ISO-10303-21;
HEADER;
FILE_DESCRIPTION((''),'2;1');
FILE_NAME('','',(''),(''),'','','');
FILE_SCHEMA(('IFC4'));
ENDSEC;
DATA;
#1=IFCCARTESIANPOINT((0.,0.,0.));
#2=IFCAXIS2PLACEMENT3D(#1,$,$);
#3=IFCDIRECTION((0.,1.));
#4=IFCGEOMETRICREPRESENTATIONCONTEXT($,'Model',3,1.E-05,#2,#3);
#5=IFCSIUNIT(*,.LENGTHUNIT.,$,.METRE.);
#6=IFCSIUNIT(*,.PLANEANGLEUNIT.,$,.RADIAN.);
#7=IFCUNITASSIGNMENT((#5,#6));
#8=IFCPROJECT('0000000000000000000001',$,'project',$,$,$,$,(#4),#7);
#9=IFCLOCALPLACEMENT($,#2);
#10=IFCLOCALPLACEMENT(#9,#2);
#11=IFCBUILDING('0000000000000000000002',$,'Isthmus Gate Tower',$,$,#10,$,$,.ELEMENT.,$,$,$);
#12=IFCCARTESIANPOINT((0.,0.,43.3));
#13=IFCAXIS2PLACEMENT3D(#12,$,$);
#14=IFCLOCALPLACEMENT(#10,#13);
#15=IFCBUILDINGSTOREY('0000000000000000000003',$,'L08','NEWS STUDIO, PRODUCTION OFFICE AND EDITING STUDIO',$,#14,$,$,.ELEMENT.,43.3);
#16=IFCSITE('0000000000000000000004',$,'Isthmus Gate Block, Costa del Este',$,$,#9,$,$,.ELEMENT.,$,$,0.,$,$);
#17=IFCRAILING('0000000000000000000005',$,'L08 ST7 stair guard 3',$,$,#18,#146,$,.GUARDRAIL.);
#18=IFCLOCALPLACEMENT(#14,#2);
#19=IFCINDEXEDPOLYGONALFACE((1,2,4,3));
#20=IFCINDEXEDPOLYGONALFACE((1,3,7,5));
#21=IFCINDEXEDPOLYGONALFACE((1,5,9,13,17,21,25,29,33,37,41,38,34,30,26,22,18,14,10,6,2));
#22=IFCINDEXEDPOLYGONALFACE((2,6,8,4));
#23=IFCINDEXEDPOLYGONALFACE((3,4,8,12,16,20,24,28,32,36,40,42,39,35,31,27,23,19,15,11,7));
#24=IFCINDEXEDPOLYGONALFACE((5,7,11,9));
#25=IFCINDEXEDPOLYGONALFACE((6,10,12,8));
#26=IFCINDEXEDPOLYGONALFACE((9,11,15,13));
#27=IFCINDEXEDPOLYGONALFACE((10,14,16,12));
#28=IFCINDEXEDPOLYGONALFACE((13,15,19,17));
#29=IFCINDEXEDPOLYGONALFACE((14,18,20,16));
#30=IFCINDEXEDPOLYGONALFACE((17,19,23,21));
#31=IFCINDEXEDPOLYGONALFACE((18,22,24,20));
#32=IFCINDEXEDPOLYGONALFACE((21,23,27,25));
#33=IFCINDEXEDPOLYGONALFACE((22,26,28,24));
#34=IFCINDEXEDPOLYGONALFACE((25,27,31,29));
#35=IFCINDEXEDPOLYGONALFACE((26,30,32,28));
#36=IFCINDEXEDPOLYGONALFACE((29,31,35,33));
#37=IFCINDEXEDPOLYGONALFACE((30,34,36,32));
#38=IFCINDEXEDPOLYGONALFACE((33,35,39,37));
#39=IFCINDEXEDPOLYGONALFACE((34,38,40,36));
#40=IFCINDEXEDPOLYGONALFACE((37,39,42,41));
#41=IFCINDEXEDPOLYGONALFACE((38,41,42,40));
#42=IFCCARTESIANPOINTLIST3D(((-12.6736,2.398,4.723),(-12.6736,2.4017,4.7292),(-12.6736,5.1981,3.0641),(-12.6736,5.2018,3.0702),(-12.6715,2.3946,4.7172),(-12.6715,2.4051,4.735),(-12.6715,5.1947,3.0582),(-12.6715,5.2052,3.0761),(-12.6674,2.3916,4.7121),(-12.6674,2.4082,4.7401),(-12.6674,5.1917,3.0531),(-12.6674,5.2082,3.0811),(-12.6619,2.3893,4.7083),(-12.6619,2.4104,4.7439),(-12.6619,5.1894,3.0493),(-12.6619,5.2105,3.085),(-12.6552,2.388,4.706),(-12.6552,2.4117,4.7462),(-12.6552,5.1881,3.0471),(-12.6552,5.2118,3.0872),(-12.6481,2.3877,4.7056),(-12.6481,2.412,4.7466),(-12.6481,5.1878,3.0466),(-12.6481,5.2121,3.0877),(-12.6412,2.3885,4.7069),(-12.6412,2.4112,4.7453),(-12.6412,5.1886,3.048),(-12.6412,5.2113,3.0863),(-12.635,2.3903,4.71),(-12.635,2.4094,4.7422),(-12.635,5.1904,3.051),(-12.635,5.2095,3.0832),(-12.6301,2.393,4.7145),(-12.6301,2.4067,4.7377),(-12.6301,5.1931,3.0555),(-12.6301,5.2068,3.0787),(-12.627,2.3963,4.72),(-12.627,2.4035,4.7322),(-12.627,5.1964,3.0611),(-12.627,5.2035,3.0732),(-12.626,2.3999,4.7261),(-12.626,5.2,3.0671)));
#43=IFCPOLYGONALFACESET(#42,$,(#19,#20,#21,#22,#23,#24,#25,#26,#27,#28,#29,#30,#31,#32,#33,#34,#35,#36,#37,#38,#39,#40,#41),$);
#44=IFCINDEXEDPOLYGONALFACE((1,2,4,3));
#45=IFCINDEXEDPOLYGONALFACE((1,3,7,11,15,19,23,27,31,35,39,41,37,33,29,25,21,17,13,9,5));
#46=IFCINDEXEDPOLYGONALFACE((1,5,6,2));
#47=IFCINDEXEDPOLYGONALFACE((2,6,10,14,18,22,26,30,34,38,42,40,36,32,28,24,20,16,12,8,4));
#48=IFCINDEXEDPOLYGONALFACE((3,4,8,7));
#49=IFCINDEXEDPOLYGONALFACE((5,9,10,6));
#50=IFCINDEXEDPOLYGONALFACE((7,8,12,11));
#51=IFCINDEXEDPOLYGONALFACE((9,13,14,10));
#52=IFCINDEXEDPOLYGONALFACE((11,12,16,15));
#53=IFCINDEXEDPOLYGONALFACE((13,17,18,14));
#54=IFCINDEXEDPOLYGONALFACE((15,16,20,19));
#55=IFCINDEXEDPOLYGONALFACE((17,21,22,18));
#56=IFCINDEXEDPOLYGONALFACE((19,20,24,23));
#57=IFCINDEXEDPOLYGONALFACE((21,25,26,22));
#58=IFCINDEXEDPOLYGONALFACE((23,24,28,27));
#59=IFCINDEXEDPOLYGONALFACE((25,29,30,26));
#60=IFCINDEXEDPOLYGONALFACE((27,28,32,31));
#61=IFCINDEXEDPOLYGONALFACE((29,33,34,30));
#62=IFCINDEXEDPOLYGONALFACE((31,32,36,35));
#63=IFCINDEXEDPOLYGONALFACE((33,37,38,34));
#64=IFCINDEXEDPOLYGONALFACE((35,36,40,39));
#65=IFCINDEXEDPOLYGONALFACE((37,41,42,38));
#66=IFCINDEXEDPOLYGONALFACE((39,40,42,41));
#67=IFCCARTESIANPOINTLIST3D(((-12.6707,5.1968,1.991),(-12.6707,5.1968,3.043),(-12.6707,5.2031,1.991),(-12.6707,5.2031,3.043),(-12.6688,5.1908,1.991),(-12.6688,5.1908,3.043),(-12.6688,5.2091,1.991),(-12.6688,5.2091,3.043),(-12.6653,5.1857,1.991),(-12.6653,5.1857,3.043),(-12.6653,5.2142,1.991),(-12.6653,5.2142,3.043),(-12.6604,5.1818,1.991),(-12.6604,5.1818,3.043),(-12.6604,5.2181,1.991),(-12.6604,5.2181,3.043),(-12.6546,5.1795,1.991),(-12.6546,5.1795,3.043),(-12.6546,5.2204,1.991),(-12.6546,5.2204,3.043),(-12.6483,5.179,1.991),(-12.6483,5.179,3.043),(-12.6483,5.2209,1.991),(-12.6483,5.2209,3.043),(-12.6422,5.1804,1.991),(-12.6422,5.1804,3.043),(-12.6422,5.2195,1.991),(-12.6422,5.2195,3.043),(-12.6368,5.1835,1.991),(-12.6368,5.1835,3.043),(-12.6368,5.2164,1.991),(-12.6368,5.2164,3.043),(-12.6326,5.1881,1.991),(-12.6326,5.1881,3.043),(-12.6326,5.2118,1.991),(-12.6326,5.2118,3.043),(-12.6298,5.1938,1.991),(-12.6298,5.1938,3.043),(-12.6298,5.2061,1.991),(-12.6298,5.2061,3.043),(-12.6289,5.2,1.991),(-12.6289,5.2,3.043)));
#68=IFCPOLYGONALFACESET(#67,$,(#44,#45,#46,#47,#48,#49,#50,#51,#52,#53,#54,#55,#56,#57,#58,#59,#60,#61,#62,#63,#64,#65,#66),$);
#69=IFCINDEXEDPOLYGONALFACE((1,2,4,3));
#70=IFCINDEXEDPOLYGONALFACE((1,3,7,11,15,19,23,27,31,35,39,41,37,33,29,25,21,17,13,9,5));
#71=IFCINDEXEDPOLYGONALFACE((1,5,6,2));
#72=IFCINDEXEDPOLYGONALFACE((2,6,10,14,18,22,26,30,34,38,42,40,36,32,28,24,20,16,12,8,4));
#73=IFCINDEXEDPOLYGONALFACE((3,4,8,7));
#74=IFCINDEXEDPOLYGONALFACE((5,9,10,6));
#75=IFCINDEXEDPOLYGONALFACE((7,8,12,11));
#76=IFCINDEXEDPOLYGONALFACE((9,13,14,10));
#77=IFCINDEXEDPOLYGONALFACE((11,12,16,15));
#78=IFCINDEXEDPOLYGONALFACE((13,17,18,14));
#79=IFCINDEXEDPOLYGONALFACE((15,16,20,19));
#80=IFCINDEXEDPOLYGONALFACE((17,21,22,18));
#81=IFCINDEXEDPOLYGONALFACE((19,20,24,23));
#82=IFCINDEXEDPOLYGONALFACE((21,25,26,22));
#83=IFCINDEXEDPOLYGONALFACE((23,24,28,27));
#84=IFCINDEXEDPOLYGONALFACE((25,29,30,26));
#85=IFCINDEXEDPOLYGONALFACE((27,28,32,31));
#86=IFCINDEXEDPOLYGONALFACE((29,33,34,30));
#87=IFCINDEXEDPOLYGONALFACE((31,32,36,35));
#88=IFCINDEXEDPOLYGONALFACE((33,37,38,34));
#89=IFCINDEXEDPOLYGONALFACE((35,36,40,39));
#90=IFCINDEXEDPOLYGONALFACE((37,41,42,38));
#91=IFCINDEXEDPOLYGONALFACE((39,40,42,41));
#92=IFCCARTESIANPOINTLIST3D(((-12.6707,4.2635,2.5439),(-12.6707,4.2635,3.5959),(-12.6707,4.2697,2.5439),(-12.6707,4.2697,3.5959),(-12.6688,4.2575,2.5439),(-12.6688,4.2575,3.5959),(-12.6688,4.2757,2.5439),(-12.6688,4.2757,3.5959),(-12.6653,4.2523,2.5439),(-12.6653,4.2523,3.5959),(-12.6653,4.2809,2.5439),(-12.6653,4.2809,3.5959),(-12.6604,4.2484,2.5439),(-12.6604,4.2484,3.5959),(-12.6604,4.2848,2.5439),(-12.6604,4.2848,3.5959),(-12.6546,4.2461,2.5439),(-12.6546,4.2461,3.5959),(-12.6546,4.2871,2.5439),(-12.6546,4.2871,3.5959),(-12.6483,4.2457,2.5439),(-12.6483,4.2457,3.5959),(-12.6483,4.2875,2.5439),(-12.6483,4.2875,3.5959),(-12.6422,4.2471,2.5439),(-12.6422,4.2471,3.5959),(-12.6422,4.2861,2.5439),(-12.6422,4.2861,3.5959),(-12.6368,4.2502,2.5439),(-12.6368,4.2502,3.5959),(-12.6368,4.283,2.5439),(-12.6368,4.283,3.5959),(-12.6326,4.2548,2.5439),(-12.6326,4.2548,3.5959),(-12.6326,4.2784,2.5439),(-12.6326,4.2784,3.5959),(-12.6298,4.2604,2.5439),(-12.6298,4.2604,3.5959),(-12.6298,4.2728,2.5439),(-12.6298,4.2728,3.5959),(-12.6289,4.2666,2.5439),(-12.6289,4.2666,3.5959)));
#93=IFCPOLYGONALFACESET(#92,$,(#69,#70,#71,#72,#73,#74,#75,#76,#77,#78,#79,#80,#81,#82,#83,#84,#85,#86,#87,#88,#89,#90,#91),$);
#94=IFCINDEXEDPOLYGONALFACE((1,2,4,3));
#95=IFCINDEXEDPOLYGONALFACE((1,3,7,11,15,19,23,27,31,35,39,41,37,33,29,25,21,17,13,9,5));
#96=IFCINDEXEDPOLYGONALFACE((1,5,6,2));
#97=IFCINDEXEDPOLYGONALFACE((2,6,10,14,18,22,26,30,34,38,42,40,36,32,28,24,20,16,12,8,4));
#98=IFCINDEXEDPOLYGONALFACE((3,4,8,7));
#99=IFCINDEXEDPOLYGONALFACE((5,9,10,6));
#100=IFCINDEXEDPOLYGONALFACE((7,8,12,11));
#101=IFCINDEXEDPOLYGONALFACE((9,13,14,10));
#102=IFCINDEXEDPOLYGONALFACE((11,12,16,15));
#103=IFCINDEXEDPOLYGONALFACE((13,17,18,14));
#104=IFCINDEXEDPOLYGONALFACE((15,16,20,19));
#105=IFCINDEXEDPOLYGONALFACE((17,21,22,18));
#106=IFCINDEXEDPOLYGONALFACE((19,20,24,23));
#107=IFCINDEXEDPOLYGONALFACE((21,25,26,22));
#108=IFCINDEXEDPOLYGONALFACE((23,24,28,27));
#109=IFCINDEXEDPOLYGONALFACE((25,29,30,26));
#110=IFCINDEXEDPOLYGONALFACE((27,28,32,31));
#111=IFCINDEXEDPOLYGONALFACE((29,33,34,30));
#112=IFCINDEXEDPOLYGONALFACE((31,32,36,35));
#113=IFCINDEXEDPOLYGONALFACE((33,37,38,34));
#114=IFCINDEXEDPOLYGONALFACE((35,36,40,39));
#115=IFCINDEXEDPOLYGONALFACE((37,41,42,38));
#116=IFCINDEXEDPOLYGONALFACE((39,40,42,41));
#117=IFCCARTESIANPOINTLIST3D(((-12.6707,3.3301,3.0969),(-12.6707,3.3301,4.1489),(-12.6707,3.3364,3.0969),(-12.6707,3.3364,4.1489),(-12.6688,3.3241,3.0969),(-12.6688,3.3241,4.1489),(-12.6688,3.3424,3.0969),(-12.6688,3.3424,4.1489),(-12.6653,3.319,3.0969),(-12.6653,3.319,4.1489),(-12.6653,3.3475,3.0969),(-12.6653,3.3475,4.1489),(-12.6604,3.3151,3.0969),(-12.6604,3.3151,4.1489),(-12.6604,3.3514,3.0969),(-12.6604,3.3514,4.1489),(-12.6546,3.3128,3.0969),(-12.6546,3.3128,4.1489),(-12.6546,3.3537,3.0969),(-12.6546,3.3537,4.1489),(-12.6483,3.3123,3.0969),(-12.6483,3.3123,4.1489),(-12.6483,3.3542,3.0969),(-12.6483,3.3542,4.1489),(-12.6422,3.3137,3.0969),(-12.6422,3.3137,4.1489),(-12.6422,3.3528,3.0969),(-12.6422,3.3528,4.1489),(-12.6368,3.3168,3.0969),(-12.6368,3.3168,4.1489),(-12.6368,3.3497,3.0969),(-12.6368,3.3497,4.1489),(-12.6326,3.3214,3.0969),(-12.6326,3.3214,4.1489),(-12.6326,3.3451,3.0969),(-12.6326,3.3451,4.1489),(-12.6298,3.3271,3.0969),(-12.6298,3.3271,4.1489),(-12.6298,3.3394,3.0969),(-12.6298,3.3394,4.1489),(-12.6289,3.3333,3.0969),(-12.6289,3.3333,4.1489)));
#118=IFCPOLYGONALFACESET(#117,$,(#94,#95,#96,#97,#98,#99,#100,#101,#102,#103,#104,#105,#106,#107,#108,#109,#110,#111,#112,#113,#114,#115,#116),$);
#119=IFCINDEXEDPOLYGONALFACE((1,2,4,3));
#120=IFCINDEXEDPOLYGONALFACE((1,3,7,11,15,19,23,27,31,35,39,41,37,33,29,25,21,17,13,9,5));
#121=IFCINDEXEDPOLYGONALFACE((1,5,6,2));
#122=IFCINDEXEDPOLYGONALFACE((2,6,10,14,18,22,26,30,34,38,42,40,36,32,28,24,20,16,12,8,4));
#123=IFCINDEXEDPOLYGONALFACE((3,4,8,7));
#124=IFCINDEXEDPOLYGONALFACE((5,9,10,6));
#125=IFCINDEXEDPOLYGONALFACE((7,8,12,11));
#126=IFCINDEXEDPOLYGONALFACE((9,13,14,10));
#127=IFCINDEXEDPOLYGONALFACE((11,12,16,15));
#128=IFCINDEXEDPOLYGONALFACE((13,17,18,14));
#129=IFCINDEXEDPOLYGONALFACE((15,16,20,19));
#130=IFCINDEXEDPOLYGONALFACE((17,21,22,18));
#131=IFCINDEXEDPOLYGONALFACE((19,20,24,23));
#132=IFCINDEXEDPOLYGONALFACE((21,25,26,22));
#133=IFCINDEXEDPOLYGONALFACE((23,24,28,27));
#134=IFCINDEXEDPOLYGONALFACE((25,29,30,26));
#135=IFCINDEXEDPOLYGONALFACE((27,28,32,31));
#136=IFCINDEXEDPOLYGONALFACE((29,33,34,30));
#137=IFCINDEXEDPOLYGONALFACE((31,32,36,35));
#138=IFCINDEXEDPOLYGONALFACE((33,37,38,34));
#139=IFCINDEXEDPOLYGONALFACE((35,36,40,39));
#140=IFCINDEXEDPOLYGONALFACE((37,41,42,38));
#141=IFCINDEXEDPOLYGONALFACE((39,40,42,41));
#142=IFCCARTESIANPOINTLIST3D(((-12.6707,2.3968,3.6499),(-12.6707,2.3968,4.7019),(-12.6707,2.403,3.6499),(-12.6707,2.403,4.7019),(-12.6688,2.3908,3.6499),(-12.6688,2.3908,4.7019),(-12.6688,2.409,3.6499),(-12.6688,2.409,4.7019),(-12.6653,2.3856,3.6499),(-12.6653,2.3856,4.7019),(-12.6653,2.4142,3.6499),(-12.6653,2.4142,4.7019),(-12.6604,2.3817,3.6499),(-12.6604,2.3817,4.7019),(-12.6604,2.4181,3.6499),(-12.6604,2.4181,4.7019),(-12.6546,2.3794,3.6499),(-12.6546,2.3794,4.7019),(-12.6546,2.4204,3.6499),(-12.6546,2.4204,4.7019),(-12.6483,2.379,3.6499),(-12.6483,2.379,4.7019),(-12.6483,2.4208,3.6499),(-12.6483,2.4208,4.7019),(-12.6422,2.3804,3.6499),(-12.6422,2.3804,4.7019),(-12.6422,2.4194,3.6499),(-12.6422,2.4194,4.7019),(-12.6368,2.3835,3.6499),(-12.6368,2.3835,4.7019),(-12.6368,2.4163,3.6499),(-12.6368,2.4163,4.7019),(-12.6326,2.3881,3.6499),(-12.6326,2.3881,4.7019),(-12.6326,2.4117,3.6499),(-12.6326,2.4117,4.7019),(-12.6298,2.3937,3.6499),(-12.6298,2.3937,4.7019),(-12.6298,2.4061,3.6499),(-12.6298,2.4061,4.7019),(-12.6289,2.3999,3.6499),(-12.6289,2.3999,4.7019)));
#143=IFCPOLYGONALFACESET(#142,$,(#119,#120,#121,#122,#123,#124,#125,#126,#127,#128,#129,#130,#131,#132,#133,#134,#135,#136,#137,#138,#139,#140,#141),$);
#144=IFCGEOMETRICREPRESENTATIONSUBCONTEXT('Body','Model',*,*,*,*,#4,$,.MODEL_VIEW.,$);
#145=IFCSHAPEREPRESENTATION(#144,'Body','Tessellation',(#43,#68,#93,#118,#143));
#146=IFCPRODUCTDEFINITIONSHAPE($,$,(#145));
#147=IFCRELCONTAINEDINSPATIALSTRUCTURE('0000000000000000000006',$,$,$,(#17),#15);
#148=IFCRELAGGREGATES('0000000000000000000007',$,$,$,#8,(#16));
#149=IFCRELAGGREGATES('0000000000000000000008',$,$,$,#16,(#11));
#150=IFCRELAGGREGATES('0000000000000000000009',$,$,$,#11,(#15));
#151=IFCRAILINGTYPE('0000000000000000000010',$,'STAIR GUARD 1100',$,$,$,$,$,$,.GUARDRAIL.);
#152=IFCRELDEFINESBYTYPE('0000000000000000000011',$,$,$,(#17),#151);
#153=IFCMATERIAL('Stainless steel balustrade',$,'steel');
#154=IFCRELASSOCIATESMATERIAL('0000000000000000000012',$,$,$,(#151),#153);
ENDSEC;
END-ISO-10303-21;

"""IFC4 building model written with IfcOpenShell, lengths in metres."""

from ifc_helpers import new_model, si_unit, direction, frame, origin, origin_2d, place, context, subcontext, project, spatial, circle, extrude, material, type_object, element, save


model = new_model("IFC4")

# Units and contexts
model_context = context("Model", 3, precision=1e-05, world=origin(), true_north=direction((0.0, 1.0)))
body_context = subcontext(model_context, "Body", "Model", "MODEL_VIEW")
ifc_project = project(units=[si_unit("LENGTHUNIT", "METRE"), si_unit("PLANEANGLEUNIT", "RADIAN")], contexts=[model_context])

# Site, building, storey
site_placement = place(None, origin())
site = spatial("IfcSite", under=ifc_project, at=site_placement, Name="Isthmus Gate Block, Costa del Este", CompositionType="ELEMENT", RefElevation=0.0)
building_placement = place(site_placement, origin())
building = spatial("IfcBuilding", under=site, at=building_placement, Name="Isthmus Gate Tower", CompositionType="ELEMENT")
storey_placement = place(building_placement, frame((0.0, 0.0, 43.3)))
storey = spatial("IfcBuildingStorey", under=building, at=storey_placement, Name="L08", Description="NEWS STUDIO, PRODUCTION OFFICE AND EDITING STUDIO", CompositionType="ELEMENT", Elevation=43.3)

# Railing
ifc_material_1 = material(Name="Stainless steel balustrade", Category="steel")
railing_type_1 = type_object("IfcRailingType", Name="STAIR GUARD 1100", PredefinedType="GUARDRAIL", material=ifc_material_1)
railing_1_placement = place(storey_placement, frame((-12.6499, 5.2, 1.991)))
element("IfcRailing", 1, at=railing_1_placement, inside=storey, type_object=railing_type_1, Name="L08 ST7 stair guard 3", PredefinedType="GUARDRAIL", context=body_context, shape_type="SweptSolid", body=[
    extrude(circle(Radius=0.0239, at=origin_2d()), frame((0.0, 0.0, 1.0762), z_axis=(0.0, -0.860339, 0.509722), x_axis=(1.0, 0.0, 0.0)), (0.0, 0.0, 1.0), 3.2546),
    extrude(circle(Radius=0.021, at=origin_2d()), origin(), (0.0, 0.0, 1.0), 1.052),
    extrude(circle(Radius=0.021, at=origin_2d()), frame((0.0, -0.9333, 0.553)), (0.0, 0.0, 1.0), 1.052),
    extrude(circle(Radius=0.021, at=origin_2d()), frame((0.0, -1.8667, 1.106)), (0.0, 0.0, 1.0), 1.052),
    extrude(circle(Radius=0.021, at=origin_2d()), frame((0.0, -2.8, 1.6589)), (0.0, 0.0, 1.0), 1.052),
])

save(model, "model.ifc")
